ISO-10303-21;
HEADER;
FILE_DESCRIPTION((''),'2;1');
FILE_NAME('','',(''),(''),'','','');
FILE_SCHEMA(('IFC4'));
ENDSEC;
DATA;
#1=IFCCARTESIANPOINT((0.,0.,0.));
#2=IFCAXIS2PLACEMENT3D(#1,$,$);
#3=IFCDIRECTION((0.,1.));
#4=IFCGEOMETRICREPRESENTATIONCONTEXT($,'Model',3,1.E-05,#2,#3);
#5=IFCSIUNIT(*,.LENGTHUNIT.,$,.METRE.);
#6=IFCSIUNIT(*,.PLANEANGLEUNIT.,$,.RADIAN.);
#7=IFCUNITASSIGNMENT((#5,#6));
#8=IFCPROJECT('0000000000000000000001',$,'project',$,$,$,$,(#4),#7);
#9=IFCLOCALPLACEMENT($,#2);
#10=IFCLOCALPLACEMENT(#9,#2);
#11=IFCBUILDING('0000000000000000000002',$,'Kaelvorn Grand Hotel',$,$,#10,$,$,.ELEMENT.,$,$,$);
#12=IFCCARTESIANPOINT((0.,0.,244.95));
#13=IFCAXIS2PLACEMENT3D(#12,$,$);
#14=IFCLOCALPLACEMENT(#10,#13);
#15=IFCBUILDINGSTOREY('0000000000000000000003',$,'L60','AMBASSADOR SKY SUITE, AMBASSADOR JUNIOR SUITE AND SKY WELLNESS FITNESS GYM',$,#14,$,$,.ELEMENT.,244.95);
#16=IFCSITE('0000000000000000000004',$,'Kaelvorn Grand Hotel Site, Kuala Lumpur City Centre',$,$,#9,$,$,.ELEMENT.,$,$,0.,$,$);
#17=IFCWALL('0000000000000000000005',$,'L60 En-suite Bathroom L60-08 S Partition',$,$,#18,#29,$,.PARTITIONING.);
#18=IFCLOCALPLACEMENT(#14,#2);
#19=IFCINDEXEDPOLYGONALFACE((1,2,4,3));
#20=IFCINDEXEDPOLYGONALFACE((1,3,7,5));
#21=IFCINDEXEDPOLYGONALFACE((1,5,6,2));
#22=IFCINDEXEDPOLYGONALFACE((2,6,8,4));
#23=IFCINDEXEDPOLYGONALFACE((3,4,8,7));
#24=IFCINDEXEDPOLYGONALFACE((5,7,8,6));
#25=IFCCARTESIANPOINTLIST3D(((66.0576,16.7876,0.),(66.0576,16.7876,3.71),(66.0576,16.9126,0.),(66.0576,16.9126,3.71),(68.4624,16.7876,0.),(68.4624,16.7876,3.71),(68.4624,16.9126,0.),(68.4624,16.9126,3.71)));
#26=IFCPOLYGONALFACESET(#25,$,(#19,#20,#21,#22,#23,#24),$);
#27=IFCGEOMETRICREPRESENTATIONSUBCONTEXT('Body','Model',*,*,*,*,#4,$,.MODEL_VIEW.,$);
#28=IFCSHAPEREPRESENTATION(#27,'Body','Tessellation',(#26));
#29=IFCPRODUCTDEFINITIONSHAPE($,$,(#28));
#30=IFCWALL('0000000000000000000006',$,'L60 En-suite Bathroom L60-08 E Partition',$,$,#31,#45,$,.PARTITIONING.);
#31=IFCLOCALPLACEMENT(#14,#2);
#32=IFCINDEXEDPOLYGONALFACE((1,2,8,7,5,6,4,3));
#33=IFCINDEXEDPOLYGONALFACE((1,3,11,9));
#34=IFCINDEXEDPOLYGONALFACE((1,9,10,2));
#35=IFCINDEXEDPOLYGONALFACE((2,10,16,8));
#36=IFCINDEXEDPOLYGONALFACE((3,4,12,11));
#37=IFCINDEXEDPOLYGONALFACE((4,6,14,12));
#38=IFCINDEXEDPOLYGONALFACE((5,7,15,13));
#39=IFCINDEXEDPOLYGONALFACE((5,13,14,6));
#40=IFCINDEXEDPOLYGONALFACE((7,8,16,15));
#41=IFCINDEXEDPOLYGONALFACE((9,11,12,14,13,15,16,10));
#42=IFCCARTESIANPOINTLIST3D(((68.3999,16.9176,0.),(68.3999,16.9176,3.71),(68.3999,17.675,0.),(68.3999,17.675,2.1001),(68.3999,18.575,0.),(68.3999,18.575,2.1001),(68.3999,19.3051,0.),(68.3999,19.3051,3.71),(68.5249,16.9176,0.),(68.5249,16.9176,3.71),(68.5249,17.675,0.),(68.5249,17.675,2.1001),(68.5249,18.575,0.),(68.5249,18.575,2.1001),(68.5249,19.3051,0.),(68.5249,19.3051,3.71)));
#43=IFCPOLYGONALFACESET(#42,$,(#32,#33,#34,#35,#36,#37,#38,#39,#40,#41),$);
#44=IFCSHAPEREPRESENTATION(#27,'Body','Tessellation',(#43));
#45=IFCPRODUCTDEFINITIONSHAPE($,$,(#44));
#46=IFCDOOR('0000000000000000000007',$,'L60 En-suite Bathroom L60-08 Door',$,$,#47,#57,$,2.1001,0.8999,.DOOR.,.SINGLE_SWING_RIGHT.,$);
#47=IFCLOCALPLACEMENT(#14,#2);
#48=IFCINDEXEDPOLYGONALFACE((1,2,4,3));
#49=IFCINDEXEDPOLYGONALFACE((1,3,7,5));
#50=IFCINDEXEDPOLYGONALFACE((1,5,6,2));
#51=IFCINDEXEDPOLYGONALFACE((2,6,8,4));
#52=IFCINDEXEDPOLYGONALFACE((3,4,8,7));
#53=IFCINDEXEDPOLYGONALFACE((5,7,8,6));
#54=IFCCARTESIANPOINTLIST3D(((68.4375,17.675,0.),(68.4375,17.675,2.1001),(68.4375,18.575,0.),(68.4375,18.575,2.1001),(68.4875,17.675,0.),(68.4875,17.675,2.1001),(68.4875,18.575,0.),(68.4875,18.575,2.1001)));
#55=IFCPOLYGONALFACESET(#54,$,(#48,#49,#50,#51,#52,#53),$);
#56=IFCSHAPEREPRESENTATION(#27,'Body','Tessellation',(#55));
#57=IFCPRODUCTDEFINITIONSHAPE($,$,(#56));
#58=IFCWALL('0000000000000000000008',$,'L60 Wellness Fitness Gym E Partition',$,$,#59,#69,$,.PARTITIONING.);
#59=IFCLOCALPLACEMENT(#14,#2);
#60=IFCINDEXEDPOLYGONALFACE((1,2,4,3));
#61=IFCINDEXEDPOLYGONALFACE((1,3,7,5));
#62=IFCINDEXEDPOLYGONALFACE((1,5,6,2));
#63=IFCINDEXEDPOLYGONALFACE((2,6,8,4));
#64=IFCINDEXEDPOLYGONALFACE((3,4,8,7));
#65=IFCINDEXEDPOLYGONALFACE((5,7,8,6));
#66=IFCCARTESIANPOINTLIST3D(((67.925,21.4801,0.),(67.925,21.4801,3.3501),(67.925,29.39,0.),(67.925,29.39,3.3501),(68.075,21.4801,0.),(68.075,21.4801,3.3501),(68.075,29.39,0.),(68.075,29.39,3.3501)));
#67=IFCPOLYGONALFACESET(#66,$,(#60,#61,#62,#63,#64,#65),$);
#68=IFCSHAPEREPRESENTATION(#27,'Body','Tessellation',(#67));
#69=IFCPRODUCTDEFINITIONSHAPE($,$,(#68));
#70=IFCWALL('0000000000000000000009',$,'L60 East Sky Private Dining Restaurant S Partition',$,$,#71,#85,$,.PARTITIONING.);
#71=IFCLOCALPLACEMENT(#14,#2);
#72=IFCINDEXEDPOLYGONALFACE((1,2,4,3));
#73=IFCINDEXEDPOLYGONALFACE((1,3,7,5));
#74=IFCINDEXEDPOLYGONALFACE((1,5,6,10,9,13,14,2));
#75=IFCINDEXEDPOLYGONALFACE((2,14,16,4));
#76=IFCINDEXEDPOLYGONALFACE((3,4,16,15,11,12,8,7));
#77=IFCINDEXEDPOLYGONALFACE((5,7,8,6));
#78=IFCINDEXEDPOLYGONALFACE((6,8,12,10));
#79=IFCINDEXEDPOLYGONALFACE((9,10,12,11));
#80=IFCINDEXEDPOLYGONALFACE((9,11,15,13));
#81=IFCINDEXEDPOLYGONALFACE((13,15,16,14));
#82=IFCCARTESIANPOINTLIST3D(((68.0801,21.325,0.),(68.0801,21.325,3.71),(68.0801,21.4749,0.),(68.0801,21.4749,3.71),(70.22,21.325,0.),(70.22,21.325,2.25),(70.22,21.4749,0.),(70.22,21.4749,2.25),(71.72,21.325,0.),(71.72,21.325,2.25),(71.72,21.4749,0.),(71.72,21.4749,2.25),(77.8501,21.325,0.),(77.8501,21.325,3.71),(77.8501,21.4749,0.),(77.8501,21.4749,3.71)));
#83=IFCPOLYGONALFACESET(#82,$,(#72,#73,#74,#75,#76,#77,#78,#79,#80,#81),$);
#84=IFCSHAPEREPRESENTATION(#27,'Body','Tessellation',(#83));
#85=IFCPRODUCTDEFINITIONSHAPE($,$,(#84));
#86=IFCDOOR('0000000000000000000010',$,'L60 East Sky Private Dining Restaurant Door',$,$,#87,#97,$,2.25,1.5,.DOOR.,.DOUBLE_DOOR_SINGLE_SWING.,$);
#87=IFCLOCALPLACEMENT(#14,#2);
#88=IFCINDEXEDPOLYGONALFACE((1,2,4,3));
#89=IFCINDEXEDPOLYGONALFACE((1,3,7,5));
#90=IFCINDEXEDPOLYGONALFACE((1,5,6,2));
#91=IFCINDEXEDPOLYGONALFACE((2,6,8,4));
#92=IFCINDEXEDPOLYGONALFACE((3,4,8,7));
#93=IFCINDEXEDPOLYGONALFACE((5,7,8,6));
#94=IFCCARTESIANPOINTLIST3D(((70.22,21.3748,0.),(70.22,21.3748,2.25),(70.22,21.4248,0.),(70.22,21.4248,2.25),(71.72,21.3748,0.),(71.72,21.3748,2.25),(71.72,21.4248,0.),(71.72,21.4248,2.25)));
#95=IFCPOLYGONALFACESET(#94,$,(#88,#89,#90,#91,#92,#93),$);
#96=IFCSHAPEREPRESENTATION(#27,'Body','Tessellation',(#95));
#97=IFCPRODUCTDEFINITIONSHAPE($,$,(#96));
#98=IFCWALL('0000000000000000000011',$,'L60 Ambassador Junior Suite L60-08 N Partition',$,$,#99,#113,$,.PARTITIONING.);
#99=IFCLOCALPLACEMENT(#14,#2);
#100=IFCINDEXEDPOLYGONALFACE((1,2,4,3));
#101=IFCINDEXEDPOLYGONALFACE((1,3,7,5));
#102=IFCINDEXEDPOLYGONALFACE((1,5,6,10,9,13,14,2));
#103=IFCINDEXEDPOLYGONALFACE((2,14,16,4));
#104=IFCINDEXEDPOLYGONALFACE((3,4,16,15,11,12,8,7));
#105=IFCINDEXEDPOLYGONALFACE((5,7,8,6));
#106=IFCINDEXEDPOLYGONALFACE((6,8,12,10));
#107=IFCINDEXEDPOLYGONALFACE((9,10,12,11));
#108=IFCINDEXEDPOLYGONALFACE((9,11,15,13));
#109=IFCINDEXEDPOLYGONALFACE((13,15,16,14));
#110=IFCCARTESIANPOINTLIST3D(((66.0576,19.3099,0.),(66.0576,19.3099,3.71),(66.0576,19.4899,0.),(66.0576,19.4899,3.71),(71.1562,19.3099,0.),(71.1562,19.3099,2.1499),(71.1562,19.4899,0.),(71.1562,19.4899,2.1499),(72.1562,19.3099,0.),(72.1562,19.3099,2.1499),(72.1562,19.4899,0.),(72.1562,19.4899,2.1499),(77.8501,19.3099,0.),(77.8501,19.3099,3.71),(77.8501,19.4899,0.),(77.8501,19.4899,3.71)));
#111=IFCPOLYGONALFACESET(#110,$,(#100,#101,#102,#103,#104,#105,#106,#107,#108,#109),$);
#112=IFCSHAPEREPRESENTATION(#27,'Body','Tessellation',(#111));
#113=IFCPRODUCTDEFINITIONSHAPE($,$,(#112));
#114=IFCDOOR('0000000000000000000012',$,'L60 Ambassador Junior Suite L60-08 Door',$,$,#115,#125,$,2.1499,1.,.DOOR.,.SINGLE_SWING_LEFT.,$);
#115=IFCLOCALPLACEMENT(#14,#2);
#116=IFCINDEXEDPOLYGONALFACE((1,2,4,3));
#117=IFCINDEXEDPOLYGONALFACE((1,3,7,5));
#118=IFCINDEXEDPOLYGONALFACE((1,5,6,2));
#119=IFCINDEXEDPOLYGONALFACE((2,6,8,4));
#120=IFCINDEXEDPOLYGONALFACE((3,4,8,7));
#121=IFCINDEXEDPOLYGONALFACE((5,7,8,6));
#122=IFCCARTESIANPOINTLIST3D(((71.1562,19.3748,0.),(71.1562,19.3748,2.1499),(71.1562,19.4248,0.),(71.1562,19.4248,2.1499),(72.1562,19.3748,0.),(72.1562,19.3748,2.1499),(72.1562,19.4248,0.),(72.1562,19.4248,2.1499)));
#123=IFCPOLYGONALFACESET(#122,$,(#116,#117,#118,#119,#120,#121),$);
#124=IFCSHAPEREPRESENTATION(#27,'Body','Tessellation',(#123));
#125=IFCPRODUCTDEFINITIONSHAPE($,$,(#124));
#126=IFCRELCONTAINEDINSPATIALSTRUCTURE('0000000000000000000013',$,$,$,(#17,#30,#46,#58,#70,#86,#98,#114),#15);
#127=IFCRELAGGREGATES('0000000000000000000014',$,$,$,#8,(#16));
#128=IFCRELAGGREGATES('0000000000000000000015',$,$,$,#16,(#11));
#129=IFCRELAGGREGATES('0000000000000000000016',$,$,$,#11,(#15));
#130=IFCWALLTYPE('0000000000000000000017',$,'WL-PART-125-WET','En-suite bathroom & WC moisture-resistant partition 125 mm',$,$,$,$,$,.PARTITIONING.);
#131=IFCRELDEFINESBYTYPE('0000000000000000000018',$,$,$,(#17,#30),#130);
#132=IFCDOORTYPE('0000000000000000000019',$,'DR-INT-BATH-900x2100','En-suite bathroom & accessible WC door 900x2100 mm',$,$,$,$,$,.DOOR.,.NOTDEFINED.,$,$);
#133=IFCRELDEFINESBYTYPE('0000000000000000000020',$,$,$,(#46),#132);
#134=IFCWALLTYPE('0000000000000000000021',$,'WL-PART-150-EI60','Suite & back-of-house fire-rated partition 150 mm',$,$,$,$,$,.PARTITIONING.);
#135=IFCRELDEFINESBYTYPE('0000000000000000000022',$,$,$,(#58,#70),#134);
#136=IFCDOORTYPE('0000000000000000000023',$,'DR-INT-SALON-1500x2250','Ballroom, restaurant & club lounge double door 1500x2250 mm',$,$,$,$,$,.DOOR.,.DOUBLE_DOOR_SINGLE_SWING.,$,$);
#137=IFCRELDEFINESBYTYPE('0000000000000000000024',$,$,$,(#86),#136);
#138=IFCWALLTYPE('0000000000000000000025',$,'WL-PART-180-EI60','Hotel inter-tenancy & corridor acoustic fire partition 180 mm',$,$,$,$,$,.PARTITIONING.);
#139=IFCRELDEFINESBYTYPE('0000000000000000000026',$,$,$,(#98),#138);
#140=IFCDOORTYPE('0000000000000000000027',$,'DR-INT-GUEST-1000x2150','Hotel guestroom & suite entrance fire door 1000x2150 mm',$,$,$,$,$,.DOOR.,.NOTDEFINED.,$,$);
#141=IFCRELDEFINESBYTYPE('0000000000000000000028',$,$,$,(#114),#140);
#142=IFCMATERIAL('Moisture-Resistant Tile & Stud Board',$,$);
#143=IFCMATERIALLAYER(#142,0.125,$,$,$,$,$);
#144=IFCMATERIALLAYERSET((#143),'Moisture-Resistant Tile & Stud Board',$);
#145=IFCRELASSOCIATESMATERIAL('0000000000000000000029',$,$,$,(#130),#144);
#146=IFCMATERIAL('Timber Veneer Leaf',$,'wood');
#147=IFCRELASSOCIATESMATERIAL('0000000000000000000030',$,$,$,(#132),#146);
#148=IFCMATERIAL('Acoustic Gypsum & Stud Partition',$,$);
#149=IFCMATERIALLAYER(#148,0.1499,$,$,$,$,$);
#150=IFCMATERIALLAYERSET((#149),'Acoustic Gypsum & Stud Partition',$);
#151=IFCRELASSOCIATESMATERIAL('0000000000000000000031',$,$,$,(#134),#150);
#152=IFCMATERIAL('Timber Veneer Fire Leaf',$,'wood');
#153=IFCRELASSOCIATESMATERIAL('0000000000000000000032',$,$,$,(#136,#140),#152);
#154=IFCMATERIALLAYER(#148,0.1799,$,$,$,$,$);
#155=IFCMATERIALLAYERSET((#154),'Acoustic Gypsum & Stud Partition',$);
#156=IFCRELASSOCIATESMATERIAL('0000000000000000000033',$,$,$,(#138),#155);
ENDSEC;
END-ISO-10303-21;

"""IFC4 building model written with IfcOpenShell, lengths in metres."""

from ifc_helpers import new_model, si_unit, direction, frame, frame_2d, origin, place, context, subcontext, project, spatial, rectangle, extrude, material, layer, layer_set, type_object, element, fill, save


model = new_model("IFC4")

# Units and contexts
model_context = context("Model", 3, precision=1e-05, world=origin(), true_north=direction((0.0, 1.0)))
body_context = subcontext(model_context, "Body", "Model", "MODEL_VIEW")
ifc_project = project(units=[si_unit("LENGTHUNIT", "METRE"), si_unit("PLANEANGLEUNIT", "RADIAN")], contexts=[model_context])

# Site, building, storey
site_placement = place(None, origin())
site = spatial("IfcSite", under=ifc_project, at=site_placement, Name="Kaelvorn Grand Hotel Site, Kuala Lumpur City Centre", CompositionType="ELEMENT", RefElevation=0.0)
building_placement = place(site_placement, origin())
building = spatial("IfcBuilding", under=site, at=building_placement, Name="Kaelvorn Grand Hotel", CompositionType="ELEMENT")
storey_placement = place(building_placement, frame((0.0, 0.0, 244.95)))
storey = spatial("IfcBuildingStorey", under=building, at=storey_placement, Name="L60", Description="AMBASSADOR SKY SUITE, AMBASSADOR JUNIOR SUITE AND SKY WELLNESS FITNESS GYM", CompositionType="ELEMENT", Elevation=244.95)

# Wall
ifc_material_1 = material(Name="Moisture-Resistant Tile & Stud Board")
ifc_layer_1 = layer(ifc_material_1, 0.125)
ifc_layer_set_1 = layer_set([ifc_layer_1], Name="Moisture-Resistant Tile & Stud Board")
wall_type_1 = type_object("IfcWallType", Name="WL-PART-125-WET", Description="En-suite bathroom & WC moisture-resistant partition 125 mm", PredefinedType="PARTITIONING", material=ifc_layer_set_1)
wall_1_placement = place(storey_placement, frame((66.0576, 16.8501, 0.0), z_axis=(0.0, 0.0, 1.0), x_axis=(1.0, 0.0, 0.0)))
element("IfcWall", 1, at=wall_1_placement, inside=storey, type_object=wall_type_1, Name="L60 En-suite Bathroom L60-08 S Partition", PredefinedType="PARTITIONING", context=body_context, shape_type="SweptSolid", body=[
    extrude(rectangle(XDim=2.4048, YDim=0.125, at=frame_2d((1.2024, 0.0))), origin(), (0.0, 0.0, 1.0), 3.71),
])

# Wall, opening, door
wall_2_placement = place(storey_placement, frame((68.4624, 16.9175, 0.0), z_axis=(0.0, 0.0, 1.0), x_axis=(0.0, 1.0, 0.0)))
wall_2 = element("IfcWall", 2, at=wall_2_placement, inside=storey, type_object=wall_type_1, Name="L60 En-suite Bathroom L60-08 E Partition", PredefinedType="PARTITIONING", context=body_context, shape_type="SweptSolid", body=[
    extrude(rectangle(XDim=2.3875, YDim=0.125, at=frame_2d((1.1938, 0.0))), origin(), (0.0, 0.0, 1.0), 3.71),
])
opening_1_placement = place(wall_2_placement, frame((0.7576, 0.0, 0.0)))
opening_1 = element("IfcOpeningElement", 3, at=opening_1_placement, cuts=wall_2, PredefinedType="OPENING", context=body_context, shape_type="SweptSolid", body=[
    extrude(rectangle(XDim=0.8999, YDim=2.1001, at=frame_2d((0.45, 1.05))), frame((0.0, 0.0725, 0.0), z_axis=(0.0, -1.0, 0.0), x_axis=(1.0, 0.0, 0.0)), (0.0, 0.0, 1.0), 0.145),
])
ifc_material_2 = material(Name="Timber Veneer Leaf", Category="wood")
door_type_1 = type_object("IfcDoorType", Name="DR-INT-BATH-900x2100", Description="En-suite bathroom & accessible WC door 900x2100 mm", OperationType="NOTDEFINED", PredefinedType="DOOR", material=ifc_material_2)
door_1_placement = place(opening_1_placement, origin())
door_1 = element("IfcDoor", 4, at=door_1_placement, inside=storey, type_object=door_type_1, Name="L60 En-suite Bathroom L60-08 Door", OperationType="SINGLE_SWING_RIGHT", OverallHeight=2.1001, OverallWidth=0.8999, PredefinedType="DOOR", context=body_context, shape_type="SweptSolid", body=[
    extrude(rectangle(XDim=0.8999, YDim=2.1001, at=frame_2d((0.45, 1.05))), frame((0.0, 0.0249, 0.0), z_axis=(0.0, -1.0, 0.0), x_axis=(1.0, 0.0, 0.0)), (0.0, 0.0, 1.0), 0.05),
])
fill(opening_1, door_1)

# Wall
ifc_material_3 = material(Name="Acoustic Gypsum & Stud Partition")
ifc_layer_2 = layer(ifc_material_3, 0.1499)
ifc_layer_set_2 = layer_set([ifc_layer_2], Name="Acoustic Gypsum & Stud Partition")
wall_type_2 = type_object("IfcWallType", Name="WL-PART-150-EI60", Description="Suite & back-of-house fire-rated partition 150 mm", PredefinedType="PARTITIONING", material=ifc_layer_set_2)
wall_3_placement = place(storey_placement, frame((68.0, 21.48, 0.0), z_axis=(0.0, 0.0, 1.0), x_axis=(0.0, 1.0, 0.0)))
element("IfcWall", 5, at=wall_3_placement, inside=storey, type_object=wall_type_2, Name="L60 Wellness Fitness Gym E Partition", PredefinedType="PARTITIONING", context=body_context, shape_type="SweptSolid", body=[
    extrude(rectangle(XDim=7.9099, YDim=0.1499, at=frame_2d((3.9551, 0.0))), origin(), (0.0, 0.0, 1.0), 3.3501),
])

# Walls, openings, doors
wall_4_placement = place(storey_placement, frame((68.0801, 21.3999, 0.0), z_axis=(0.0, 0.0, 1.0), x_axis=(1.0, 0.0, 0.0)))
wall_4 = element("IfcWall", 6, at=wall_4_placement, inside=storey, type_object=wall_type_2, Name="L60 East Sky Private Dining Restaurant S Partition", PredefinedType="PARTITIONING", context=body_context, shape_type="SweptSolid", body=[
    extrude(rectangle(XDim=9.77, YDim=0.1499, at=frame_2d((4.885, 0.0))), origin(), (0.0, 0.0, 1.0), 3.71),
])
opening_2_placement = place(wall_4_placement, frame((2.1399, 0.0, 0.0)))
opening_2 = element("IfcOpeningElement", 7, at=opening_2_placement, cuts=wall_4, PredefinedType="OPENING", context=body_context, shape_type="SweptSolid", body=[
    extrude(rectangle(XDim=1.5, YDim=2.25, at=frame_2d((0.75, 1.125))), frame((0.0, 0.085, 0.0), z_axis=(0.0, -1.0, 0.0), x_axis=(1.0, 0.0, 0.0)), (0.0, 0.0, 1.0), 0.1699),
])
ifc_material_4 = material(Name="Timber Veneer Fire Leaf", Category="wood")
door_type_2 = type_object("IfcDoorType", Name="DR-INT-SALON-1500x2250", Description="Ballroom, restaurant & club lounge double door 1500x2250 mm", OperationType="DOUBLE_DOOR_SINGLE_SWING", PredefinedType="DOOR", material=ifc_material_4)
door_2_placement = place(opening_2_placement, origin())
door_2 = element("IfcDoor", 8, at=door_2_placement, inside=storey, type_object=door_type_2, Name="L60 East Sky Private Dining Restaurant Door", OperationType="DOUBLE_DOOR_SINGLE_SWING", OverallHeight=2.25, OverallWidth=1.5, PredefinedType="DOOR", context=body_context, shape_type="SweptSolid", body=[
    extrude(rectangle(XDim=1.5, YDim=2.25, at=frame_2d((0.75, 1.125))), frame((0.0, 0.0249, 0.0), z_axis=(0.0, -1.0, 0.0), x_axis=(1.0, 0.0, 0.0)), (0.0, 0.0, 1.0), 0.05),
])
fill(opening_2, door_2)
ifc_layer_3 = layer(ifc_material_3, 0.1799)
ifc_layer_set_3 = layer_set([ifc_layer_3], Name="Acoustic Gypsum & Stud Partition")
wall_type_3 = type_object("IfcWallType", Name="WL-PART-180-EI60", Description="Hotel inter-tenancy & corridor acoustic fire partition 180 mm", PredefinedType="PARTITIONING", material=ifc_layer_set_3)
wall_5_placement = place(storey_placement, frame((66.0576, 19.3999, 0.0), z_axis=(0.0, 0.0, 1.0), x_axis=(1.0, 0.0, 0.0)))
wall_5 = element("IfcWall", 9, at=wall_5_placement, inside=storey, type_object=wall_type_3, Name="L60 Ambassador Junior Suite L60-08 N Partition", PredefinedType="PARTITIONING", context=body_context, shape_type="SweptSolid", body=[
    extrude(rectangle(XDim=11.7925, YDim=0.1799, at=frame_2d((5.8962, 0.0))), origin(), (0.0, 0.0, 1.0), 3.71),
])
opening_3_placement = place(wall_5_placement, frame((5.0986, 0.0, 0.0)))
opening_3 = element("IfcOpeningElement", 10, at=opening_3_placement, cuts=wall_5, PredefinedType="OPENING", context=body_context, shape_type="SweptSolid", body=[
    extrude(rectangle(XDim=1.0, YDim=2.1499, at=frame_2d((0.5, 1.075))), frame((0.0, 0.1001, 0.0), z_axis=(0.0, -1.0, 0.0), x_axis=(1.0, 0.0, 0.0)), (0.0, 0.0, 1.0), 0.2),
])
door_type_3 = type_object("IfcDoorType", Name="DR-INT-GUEST-1000x2150", Description="Hotel guestroom & suite entrance fire door 1000x2150 mm", OperationType="NOTDEFINED", PredefinedType="DOOR", material=ifc_material_4)
door_3_placement = place(opening_3_placement, origin())
door_3 = element("IfcDoor", 11, at=door_3_placement, inside=storey, type_object=door_type_3, Name="L60 Ambassador Junior Suite L60-08 Door", OperationType="SINGLE_SWING_LEFT", OverallHeight=2.1499, OverallWidth=1.0, PredefinedType="DOOR", context=body_context, shape_type="SweptSolid", body=[
    extrude(rectangle(XDim=1.0, YDim=2.1499, at=frame_2d((0.5, 1.075))), frame((0.0, 0.0249, 0.0), z_axis=(0.0, -1.0, 0.0), x_axis=(1.0, 0.0, 0.0)), (0.0, 0.0, 1.0), 0.05),
])
fill(opening_3, door_3)

save(model, "model.ifc")
